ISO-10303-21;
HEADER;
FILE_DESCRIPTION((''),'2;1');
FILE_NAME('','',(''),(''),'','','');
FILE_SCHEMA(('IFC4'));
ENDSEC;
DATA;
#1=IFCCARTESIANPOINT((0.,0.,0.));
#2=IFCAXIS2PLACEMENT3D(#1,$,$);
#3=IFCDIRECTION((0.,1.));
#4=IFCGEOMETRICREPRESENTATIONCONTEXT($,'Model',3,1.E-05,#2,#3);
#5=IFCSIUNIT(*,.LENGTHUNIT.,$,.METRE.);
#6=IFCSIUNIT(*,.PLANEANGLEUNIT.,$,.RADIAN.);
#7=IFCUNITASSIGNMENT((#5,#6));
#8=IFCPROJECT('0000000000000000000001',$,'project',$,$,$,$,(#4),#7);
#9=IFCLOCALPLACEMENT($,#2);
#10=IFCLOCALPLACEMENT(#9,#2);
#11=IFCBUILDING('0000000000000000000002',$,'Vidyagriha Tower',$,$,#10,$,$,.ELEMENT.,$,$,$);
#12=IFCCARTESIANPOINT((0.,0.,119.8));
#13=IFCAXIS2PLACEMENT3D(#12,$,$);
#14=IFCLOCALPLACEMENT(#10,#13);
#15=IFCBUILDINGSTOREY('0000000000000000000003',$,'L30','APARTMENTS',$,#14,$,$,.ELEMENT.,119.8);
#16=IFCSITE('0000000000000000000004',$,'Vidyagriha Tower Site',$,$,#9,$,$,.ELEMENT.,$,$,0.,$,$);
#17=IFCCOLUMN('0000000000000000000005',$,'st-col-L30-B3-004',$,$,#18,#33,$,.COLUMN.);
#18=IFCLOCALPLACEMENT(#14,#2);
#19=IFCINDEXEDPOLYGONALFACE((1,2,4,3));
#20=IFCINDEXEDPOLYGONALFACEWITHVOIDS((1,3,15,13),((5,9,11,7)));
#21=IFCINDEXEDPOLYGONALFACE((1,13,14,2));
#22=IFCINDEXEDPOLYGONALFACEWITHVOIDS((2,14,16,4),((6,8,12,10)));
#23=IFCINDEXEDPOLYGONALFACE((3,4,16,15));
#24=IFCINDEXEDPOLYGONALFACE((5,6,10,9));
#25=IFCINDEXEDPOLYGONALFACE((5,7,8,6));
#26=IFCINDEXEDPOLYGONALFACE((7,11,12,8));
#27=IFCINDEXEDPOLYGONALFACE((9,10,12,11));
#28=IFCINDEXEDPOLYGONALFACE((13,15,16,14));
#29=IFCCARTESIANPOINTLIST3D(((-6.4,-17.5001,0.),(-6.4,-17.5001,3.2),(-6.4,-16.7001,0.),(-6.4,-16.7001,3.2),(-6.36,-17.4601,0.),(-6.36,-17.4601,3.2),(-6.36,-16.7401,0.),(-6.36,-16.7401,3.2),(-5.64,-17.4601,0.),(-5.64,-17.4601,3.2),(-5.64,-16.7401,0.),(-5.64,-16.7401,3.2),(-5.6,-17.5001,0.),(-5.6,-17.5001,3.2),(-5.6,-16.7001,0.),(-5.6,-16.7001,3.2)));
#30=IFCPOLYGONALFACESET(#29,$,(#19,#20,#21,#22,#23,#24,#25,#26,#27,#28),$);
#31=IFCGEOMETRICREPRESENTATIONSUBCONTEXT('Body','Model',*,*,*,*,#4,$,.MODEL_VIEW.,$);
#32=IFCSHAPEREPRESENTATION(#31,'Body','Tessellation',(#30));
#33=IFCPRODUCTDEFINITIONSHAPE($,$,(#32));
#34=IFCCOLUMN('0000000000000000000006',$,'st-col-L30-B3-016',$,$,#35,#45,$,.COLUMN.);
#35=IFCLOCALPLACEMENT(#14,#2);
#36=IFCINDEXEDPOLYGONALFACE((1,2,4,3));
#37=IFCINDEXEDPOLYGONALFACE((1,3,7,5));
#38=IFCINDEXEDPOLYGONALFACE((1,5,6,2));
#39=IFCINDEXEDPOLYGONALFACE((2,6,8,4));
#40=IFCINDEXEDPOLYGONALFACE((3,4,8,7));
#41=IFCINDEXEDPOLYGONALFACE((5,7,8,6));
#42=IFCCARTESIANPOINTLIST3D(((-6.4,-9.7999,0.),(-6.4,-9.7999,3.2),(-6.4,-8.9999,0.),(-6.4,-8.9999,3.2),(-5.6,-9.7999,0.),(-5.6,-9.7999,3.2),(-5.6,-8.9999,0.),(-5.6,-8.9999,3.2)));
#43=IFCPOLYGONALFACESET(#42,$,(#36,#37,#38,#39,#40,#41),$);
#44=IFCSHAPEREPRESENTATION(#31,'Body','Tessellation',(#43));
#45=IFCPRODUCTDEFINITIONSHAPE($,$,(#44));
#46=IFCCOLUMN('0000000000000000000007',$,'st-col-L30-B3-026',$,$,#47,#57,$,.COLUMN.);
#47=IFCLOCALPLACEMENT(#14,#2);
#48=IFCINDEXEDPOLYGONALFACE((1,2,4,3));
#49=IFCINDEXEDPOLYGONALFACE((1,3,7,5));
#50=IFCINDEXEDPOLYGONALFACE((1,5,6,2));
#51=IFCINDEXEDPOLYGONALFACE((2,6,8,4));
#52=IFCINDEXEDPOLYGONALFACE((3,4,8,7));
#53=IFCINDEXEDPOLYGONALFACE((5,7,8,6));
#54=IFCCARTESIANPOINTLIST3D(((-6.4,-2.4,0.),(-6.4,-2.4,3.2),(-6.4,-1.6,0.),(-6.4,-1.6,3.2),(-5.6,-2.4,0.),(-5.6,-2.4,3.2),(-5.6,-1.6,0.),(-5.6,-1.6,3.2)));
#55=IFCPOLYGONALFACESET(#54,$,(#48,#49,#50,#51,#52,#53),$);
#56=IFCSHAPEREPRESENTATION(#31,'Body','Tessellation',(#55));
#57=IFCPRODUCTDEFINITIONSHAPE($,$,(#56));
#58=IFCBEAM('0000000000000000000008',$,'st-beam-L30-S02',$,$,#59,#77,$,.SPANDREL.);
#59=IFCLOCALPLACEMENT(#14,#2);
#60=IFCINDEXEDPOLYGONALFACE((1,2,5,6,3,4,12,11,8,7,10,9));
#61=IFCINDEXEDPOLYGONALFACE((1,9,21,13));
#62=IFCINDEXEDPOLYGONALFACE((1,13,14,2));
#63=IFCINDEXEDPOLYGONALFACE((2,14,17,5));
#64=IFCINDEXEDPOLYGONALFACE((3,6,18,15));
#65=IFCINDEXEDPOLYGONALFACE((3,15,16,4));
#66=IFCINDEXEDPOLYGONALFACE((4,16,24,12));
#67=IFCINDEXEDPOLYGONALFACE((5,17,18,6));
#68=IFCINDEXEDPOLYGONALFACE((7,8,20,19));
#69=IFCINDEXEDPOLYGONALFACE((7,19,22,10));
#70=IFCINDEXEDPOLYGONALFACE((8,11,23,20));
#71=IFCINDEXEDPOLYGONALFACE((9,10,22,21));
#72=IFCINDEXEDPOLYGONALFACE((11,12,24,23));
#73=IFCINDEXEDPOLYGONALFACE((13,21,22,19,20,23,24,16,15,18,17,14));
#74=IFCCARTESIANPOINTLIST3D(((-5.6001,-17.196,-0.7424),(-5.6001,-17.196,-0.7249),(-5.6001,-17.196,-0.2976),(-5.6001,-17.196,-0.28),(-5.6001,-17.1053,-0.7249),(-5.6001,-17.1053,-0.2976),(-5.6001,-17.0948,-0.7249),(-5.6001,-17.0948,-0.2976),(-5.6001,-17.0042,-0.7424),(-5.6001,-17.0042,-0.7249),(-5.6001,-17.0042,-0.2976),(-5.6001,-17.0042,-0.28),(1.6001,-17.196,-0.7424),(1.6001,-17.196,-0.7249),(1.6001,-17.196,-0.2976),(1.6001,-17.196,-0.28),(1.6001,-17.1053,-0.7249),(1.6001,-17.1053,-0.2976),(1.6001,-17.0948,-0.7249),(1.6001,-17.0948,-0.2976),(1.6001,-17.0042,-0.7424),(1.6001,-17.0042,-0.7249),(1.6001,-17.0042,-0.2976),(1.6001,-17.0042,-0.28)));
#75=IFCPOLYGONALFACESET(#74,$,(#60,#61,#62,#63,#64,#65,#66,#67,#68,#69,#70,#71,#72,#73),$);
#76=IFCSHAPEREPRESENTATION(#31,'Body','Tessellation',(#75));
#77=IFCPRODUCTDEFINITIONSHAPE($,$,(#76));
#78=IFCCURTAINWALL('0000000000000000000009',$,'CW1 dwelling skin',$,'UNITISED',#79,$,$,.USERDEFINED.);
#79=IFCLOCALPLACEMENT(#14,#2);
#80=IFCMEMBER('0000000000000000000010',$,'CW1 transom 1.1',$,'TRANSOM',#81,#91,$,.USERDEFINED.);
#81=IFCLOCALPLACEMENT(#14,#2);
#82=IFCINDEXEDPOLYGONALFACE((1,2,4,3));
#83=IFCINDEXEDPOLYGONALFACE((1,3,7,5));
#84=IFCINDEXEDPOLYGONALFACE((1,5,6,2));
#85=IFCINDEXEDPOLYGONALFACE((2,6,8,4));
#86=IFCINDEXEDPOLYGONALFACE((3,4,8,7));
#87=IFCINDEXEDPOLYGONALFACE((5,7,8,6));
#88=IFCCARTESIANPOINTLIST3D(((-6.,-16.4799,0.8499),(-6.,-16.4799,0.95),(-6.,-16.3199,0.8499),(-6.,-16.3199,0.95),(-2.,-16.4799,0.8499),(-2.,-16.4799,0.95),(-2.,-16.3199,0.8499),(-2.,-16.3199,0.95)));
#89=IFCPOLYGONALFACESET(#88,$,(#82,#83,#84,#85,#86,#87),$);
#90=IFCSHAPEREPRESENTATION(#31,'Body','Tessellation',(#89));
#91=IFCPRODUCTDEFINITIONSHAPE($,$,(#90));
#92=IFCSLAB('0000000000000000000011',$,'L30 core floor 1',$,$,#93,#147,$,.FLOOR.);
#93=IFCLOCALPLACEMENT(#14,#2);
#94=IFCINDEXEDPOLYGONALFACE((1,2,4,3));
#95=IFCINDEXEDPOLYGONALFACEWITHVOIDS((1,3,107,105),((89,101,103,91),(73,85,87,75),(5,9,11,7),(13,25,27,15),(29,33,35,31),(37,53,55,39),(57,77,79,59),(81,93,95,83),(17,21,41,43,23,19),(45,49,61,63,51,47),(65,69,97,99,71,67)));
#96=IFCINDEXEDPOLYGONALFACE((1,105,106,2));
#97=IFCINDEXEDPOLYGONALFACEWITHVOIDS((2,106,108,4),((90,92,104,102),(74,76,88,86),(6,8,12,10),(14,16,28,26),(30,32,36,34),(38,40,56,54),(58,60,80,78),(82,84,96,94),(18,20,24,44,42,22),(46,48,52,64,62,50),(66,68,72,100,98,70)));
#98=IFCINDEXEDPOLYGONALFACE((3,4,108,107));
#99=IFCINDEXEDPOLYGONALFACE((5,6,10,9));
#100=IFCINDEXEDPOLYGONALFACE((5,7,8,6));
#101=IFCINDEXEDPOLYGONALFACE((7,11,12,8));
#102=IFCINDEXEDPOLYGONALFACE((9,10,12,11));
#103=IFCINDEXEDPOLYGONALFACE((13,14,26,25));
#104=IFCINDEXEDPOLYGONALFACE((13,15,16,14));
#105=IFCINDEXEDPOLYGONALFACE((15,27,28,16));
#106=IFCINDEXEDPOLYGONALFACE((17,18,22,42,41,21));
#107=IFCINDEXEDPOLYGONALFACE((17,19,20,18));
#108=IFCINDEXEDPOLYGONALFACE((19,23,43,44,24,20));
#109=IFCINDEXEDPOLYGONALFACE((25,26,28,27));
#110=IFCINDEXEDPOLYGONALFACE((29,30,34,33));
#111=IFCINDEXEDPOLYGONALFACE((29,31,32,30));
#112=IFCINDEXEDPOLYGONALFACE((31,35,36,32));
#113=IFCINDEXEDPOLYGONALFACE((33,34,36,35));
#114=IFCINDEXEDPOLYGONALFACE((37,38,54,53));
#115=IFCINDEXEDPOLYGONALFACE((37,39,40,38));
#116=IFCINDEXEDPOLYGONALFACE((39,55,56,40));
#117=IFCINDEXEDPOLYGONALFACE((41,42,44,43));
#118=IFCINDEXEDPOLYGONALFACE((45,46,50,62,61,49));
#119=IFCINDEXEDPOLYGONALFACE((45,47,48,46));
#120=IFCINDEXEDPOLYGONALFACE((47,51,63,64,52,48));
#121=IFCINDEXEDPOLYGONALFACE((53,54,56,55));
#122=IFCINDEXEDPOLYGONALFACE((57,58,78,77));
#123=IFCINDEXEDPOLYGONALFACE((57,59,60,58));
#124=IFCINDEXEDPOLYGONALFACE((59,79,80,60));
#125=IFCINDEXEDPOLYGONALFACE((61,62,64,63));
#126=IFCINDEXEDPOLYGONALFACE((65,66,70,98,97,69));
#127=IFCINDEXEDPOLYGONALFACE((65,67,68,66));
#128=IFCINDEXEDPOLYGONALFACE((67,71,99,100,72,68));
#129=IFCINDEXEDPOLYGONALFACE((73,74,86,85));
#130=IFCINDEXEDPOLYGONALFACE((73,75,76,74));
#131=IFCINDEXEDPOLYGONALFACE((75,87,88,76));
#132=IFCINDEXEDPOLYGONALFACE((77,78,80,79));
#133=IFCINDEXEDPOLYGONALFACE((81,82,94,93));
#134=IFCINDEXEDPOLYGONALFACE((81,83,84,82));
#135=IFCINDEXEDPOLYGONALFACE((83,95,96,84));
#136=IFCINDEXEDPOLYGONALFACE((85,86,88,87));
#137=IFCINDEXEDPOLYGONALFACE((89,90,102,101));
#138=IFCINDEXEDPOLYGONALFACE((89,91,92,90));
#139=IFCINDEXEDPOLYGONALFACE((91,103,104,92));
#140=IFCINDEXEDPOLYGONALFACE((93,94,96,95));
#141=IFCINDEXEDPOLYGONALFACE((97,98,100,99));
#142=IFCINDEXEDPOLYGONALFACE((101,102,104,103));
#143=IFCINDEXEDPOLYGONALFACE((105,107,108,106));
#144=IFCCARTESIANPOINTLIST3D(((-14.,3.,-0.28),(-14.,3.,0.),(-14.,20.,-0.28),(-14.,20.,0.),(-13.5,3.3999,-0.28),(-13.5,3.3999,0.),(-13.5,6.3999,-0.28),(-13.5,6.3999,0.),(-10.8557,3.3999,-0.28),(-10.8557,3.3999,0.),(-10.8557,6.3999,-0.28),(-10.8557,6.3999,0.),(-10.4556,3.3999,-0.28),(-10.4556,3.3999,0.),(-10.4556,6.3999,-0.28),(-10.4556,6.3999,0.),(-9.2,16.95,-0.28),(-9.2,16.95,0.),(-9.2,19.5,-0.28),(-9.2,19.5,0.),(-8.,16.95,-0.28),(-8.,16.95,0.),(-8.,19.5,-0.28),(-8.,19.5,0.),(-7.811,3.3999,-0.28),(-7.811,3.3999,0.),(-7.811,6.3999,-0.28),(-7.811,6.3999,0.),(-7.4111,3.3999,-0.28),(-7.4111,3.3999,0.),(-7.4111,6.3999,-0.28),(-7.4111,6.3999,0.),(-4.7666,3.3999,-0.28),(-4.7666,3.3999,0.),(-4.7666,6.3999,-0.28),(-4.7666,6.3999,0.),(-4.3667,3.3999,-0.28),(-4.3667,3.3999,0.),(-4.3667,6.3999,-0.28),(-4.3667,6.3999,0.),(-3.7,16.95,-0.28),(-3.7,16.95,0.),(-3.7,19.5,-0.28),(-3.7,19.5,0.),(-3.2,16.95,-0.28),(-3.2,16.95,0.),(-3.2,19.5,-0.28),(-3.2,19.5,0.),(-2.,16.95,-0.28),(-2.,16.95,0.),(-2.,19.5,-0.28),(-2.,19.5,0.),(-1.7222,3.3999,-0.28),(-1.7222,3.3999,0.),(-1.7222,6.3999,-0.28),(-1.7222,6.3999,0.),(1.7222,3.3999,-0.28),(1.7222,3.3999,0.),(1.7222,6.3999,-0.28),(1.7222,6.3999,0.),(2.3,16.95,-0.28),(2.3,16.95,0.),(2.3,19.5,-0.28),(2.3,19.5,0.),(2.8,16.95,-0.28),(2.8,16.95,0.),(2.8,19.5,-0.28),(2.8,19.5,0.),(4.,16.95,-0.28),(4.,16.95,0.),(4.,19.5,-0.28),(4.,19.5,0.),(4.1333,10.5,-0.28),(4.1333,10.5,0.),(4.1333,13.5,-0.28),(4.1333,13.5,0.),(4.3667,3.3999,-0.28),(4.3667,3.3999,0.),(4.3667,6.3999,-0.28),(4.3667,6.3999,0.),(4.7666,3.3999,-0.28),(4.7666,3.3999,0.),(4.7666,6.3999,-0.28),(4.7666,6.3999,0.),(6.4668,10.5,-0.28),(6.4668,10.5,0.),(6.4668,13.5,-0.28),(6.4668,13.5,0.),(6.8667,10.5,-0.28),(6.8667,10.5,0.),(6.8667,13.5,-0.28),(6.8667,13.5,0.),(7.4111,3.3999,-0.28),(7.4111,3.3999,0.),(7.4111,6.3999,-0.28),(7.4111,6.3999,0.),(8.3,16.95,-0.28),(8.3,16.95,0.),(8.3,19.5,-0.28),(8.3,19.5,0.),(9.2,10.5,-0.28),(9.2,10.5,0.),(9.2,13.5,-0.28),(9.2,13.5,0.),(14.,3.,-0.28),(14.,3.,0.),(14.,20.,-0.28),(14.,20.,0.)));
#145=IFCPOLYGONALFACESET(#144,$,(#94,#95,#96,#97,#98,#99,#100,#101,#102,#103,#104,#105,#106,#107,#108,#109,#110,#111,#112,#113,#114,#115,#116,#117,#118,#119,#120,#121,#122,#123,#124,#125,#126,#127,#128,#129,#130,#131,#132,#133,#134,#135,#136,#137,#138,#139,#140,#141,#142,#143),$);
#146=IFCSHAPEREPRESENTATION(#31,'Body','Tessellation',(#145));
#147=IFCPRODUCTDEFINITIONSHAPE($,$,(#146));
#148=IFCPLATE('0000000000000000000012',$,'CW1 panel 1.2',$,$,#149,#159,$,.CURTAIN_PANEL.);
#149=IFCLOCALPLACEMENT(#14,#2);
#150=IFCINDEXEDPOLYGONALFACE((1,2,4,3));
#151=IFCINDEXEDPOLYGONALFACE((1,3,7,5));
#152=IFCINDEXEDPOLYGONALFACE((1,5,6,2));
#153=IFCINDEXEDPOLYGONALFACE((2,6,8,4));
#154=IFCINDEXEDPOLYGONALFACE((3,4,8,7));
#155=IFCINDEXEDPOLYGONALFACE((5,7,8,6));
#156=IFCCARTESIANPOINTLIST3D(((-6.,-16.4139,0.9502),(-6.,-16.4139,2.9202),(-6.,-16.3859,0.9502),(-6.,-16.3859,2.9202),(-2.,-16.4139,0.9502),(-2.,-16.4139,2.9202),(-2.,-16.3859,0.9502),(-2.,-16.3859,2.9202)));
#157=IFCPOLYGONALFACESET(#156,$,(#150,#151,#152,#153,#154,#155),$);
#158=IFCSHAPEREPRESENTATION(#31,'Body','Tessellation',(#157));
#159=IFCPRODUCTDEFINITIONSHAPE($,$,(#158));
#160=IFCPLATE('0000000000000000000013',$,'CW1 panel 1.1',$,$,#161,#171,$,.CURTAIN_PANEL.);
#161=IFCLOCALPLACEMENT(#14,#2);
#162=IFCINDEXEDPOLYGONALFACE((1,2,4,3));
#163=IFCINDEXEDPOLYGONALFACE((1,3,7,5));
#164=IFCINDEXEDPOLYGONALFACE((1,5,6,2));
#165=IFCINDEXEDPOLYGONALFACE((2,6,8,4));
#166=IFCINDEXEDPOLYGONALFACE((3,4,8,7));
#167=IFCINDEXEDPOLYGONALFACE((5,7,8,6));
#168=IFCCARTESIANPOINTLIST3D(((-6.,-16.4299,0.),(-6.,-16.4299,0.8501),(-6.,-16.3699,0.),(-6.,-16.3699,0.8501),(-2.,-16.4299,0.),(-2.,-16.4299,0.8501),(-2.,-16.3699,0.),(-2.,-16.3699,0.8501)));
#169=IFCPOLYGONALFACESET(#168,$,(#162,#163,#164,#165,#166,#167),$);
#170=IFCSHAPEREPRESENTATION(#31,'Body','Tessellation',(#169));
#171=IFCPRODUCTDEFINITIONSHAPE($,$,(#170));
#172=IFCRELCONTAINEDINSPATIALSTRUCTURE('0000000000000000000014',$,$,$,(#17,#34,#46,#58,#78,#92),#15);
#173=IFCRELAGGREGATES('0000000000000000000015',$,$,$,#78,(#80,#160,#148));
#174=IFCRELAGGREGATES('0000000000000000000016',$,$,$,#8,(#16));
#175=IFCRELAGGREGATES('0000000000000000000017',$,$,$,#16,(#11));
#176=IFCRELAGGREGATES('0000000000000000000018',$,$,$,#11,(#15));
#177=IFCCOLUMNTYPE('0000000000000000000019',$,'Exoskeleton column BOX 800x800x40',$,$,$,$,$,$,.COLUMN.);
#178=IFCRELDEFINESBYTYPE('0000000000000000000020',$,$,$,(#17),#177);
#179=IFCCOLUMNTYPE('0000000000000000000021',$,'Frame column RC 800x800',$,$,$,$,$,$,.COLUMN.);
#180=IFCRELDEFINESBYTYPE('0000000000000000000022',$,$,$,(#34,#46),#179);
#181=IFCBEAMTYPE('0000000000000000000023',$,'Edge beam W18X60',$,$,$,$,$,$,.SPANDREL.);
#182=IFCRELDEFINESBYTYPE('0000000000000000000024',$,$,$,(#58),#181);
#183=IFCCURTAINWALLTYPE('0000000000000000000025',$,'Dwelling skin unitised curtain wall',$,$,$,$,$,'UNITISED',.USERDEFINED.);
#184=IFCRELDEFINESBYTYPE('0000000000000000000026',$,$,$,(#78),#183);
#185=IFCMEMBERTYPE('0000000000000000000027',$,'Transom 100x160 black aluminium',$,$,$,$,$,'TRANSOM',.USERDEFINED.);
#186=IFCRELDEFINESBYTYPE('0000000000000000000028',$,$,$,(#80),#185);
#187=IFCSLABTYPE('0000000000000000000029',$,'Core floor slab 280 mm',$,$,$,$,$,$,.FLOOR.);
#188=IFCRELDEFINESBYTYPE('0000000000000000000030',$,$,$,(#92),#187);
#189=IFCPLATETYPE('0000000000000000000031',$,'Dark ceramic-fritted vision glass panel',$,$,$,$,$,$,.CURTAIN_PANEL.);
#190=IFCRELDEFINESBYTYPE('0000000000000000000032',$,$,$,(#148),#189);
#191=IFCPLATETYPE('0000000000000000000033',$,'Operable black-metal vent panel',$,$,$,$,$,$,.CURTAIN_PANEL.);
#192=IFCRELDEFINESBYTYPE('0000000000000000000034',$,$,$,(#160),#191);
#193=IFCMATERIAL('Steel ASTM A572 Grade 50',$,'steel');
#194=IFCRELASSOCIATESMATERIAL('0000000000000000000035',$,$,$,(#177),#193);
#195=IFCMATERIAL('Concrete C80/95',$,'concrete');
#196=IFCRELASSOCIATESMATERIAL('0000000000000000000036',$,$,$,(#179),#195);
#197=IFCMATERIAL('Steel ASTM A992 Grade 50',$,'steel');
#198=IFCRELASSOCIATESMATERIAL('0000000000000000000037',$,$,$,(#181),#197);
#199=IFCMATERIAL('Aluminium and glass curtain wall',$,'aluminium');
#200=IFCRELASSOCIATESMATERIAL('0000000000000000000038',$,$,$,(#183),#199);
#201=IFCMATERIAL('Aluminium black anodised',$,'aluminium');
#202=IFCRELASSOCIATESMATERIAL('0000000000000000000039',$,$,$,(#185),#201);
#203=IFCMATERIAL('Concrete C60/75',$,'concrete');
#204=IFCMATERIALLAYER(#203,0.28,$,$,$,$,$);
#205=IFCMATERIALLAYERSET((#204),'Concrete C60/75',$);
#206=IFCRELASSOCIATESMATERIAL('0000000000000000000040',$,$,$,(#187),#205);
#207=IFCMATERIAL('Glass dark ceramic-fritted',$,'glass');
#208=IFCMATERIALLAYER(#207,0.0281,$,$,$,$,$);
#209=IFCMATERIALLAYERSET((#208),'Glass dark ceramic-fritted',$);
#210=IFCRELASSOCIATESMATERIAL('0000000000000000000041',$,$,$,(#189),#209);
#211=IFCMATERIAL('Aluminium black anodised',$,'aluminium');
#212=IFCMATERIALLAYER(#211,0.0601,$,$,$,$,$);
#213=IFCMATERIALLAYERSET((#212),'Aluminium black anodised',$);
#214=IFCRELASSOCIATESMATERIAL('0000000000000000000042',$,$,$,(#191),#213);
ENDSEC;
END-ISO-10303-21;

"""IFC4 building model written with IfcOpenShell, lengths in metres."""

from ifc_helpers import new_model, si_unit, direction, frame, origin, origin_2d, place, context, subcontext, project, spatial, polyline, rectangle, hollow_rectangle, i_section, outline, extrude, material, layer, layer_set, material_profile, profile_set, type_object, element, aggregate, save


model = new_model("IFC4")

# Units and contexts
model_context = context("Model", 3, precision=1e-05, world=origin(), true_north=direction((0.0, 1.0)))
body_context = subcontext(model_context, "Body", "Model", "MODEL_VIEW")
ifc_project = project(units=[si_unit("LENGTHUNIT", "METRE"), si_unit("PLANEANGLEUNIT", "RADIAN")], contexts=[model_context])

# Site, building, storey
site_placement = place(None, origin())
site = spatial("IfcSite", under=ifc_project, at=site_placement, Name="Vidyagriha Tower Site", CompositionType="ELEMENT", RefElevation=0.0)
building_placement = place(site_placement, origin())
building = spatial("IfcBuilding", under=site, at=building_placement, Name="Vidyagriha Tower", CompositionType="ELEMENT")
storey_placement = place(building_placement, frame((0.0, 0.0, 119.8)))
storey = spatial("IfcBuildingStorey", under=building, at=storey_placement, Name="L30", Description="APARTMENTS", CompositionType="ELEMENT", Elevation=119.8)

# Columns
ifc_material_1 = material(Name="Steel ASTM A572 Grade 50", Category="steel")
ifc_material_profile_1 = material_profile(ifc_material_1, hollow_rectangle(XDim=0.8, YDim=0.8, WallThickness=0.04, at=origin_2d()), Name="BOX 800x800x40")
ifc_profile_set_1 = profile_set([ifc_material_profile_1], Name="Steel ASTM A572 Grade 50")
column_type_1 = type_object("IfcColumnType", Name="Exoskeleton column BOX 800x800x40", PredefinedType="COLUMN", material=ifc_profile_set_1)
column_placement = place(storey_placement, frame((-6.0, -17.1001, 0.0)))
element("IfcColumn", 1, at=column_placement, inside=storey, type_object=column_type_1, Name="st-col-L30-B3-004", PredefinedType="COLUMN", context=body_context, shape_type="SweptSolid", body=[
    extrude(hollow_rectangle(XDim=0.8, YDim=0.8, WallThickness=0.04, at=origin_2d()), origin(), (0.0, 0.0, 1.0), 3.2),
])
ifc_material_2 = material(Name="Concrete C80/95", Category="concrete")
ifc_material_profile_2 = material_profile(ifc_material_2, rectangle(XDim=0.8, YDim=0.8, at=origin_2d()), Name="RC 800x800")
ifc_profile_set_2 = profile_set([ifc_material_profile_2], Name="Concrete C80/95")
column_type_2 = type_object("IfcColumnType", Name="Frame column RC 800x800", PredefinedType="COLUMN", material=ifc_profile_set_2)
for number, where, name in (
    (2, (-6.0, -9.3999, 0.0), "st-col-L30-B3-016"),
    (3, (-6.0, -2.0, 0.0), "st-col-L30-B3-026"),
):
    element("IfcColumn", number, at=place(storey_placement, frame(where)), inside=storey, type_object=column_type_2, Name=name, PredefinedType="COLUMN", context=body_context, shape_type="SweptSolid", body=[
        extrude(rectangle(XDim=0.8, YDim=0.8, at=origin_2d()), origin(), (0.0, 0.0, 1.0), 3.2),
    ])

# Beam
ifc_material_3 = material(Name="Steel ASTM A992 Grade 50", Category="steel")
ifc_material_profile_3 = material_profile(ifc_material_3, i_section(OverallWidth=0.1919, OverallDepth=0.4624, WebThickness=0.0105, FlangeThickness=0.0176, at=origin_2d()), Name="W18X60")
ifc_profile_set_3 = profile_set([ifc_material_profile_3], Name="Steel ASTM A992 Grade 50")
beam_type = type_object("IfcBeamType", Name="Edge beam W18X60", PredefinedType="SPANDREL", material=ifc_profile_set_3)
beam_placement = place(storey_placement, frame((-5.6001, -17.1001, -0.5112), z_axis=(1.0, 0.0, 0.0), x_axis=(0.0, 1.0, 0.0)))
element("IfcBeam", 4, at=beam_placement, inside=storey, type_object=beam_type, Name="st-beam-L30-S02", PredefinedType="SPANDREL", context=body_context, shape_type="SweptSolid", body=[
    extrude(i_section(OverallWidth=0.1919, OverallDepth=0.4624, WebThickness=0.0105, FlangeThickness=0.0176, at=origin_2d()), origin(), (0.0, 0.0, 1.0), 7.2002),
])

# Curtain wall, member
ifc_material_4 = material(Name="Aluminium and glass curtain wall", Category="aluminium")
curtain_wall_type = type_object("IfcCurtainWallType", Name="Dwelling skin unitised curtain wall", ElementType="UNITISED", PredefinedType="USERDEFINED", material=ifc_material_4)
curtain_wall_placement = place(storey_placement, origin())
curtain_wall = element("IfcCurtainWall", 5, at=curtain_wall_placement, inside=storey, type_object=curtain_wall_type, Name="CW1 dwelling skin", ObjectType="UNITISED", PredefinedType="USERDEFINED")
ifc_material_5 = material(Name="Aluminium black anodised", Category="aluminium")
ifc_material_profile_4 = material_profile(ifc_material_5, rectangle(XDim=0.1599, YDim=0.1001, at=origin_2d()), Name="Transom 100x160 black aluminium")
ifc_profile_set_4 = profile_set([ifc_material_profile_4], Name="Aluminium black anodised")
member_type = type_object("IfcMemberType", Name="Transom 100x160 black aluminium", ElementType="TRANSOM", PredefinedType="USERDEFINED", material=ifc_profile_set_4)
member_placement = place(storey_placement, frame((-6.0, -16.3999, 0.8999), z_axis=(1.0, 0.0, 0.0), x_axis=(0.0, 1.0, 0.0)))
member = element("IfcMember", 6, at=member_placement, type_object=member_type, Name="CW1 transom 1.1", ObjectType="TRANSOM", PredefinedType="USERDEFINED", context=body_context, shape_type="SweptSolid", body=[
    extrude(rectangle(XDim=0.1599, YDim=0.1001, at=origin_2d()), origin(), (0.0, 0.0, 1.0), 4.0),
])

# Slab
ifc_material_6 = material(Name="Concrete C60/75", Category="concrete")
ifc_layer_1 = layer(ifc_material_6, 0.28)
ifc_layer_set_1 = layer_set([ifc_layer_1], Name="Concrete C60/75")
slab_type_1 = type_object("IfcSlabType", Name="Core floor slab 280 mm", PredefinedType="FLOOR", material=ifc_layer_set_1)
slab_1_placement = place(storey_placement, frame((0.0, 0.0, -0.28)))
element("IfcSlab", 7, at=slab_1_placement, inside=storey, type_object=slab_type_1, Name="L30 core floor 1", PredefinedType="FLOOR", context=body_context, shape_type="SweptSolid", body=[
    extrude(outline(polyline([(-14.0, 3.0), (-14.0, 20.0), (14.0, 20.0), (14.0, 3.0), (-14.0, 3.0)]), holes=[polyline([(9.2, 13.5), (6.8667, 13.5), (6.8667, 10.5), (9.2, 10.5), (9.2, 13.5)]), polyline([(4.0, 19.5), (2.8, 19.5), (2.8, 16.95), (4.0, 16.95), (8.3, 16.95), (8.3, 19.5), (4.0, 19.5)]), polyline([(7.4111, 6.3999), (4.7666, 6.3999), (4.7666, 3.3999), (7.4111, 3.3999), (7.4111, 6.3999)]), polyline([(6.4668, 13.5), (4.1333, 13.5), (4.1333, 10.5), (6.4668, 10.5), (6.4668, 13.5)]), polyline([(1.7222, 6.3999), (1.7222, 3.3999), (4.3667, 3.3999), (4.3667, 6.3999), (1.7222, 6.3999)]), polyline([(-2.0, 16.95), (2.3, 16.95), (2.3, 19.5), (-2.0, 19.5), (-3.2, 19.5), (-3.2, 16.95), (-2.0, 16.95)]), polyline([(-1.7222, 6.3999), (-4.3667, 6.3999), (-4.3667, 3.3999), (-1.7222, 3.3999), (-1.7222, 6.3999)]), polyline([(-8.0, 19.5), (-9.2, 19.5), (-9.2, 16.95), (-8.0, 16.95), (-3.7, 16.95), (-3.7, 19.5), (-8.0, 19.5)]), polyline([(-4.7666, 6.3999), (-7.4111, 6.3999), (-7.4111, 3.3999), (-4.7666, 3.3999), (-4.7666, 6.3999)]), polyline([(-7.811, 6.3999), (-10.4556, 6.3999), (-10.4556, 3.3999), (-7.811, 3.3999), (-7.811, 6.3999)]), polyline([(-13.5, 6.3999), (-13.5, 3.3999), (-10.8557, 3.3999), (-10.8557, 6.3999), (-13.5, 6.3999)])]), origin(), (0.0, 0.0, 1.0), 0.28),
])

# Plates
ifc_material_7 = material(Name="Glass dark ceramic-fritted", Category="glass")
ifc_layer_2 = layer(ifc_material_7, 0.0281)
ifc_layer_set_2 = layer_set([ifc_layer_2], Name="Glass dark ceramic-fritted")
plate_type_1 = type_object("IfcPlateType", Name="Dark ceramic-fritted vision glass panel", PredefinedType="CURTAIN_PANEL", material=ifc_layer_set_2)
plate_1_placement = place(storey_placement, frame((-4.0, -16.3999, 0.9502)))
plate_1 = element("IfcPlate", 8, at=plate_1_placement, type_object=plate_type_1, Name="CW1 panel 1.2", PredefinedType="CURTAIN_PANEL", context=body_context, shape_type="SweptSolid", body=[
    extrude(rectangle(XDim=4.0, YDim=0.0281, at=origin_2d()), origin(), (0.0, 0.0, 1.0), 1.97),
])
ifc_material_8 = material(Name="Aluminium black anodised", Category="aluminium")
ifc_layer_3 = layer(ifc_material_8, 0.0601)
ifc_layer_set_3 = layer_set([ifc_layer_3], Name="Aluminium black anodised")
plate_type_2 = type_object("IfcPlateType", Name="Operable black-metal vent panel", PredefinedType="CURTAIN_PANEL", material=ifc_layer_set_3)
plate_2_placement = place(storey_placement, frame((-4.0, -16.3999, 0.0)))
plate_2 = element("IfcPlate", 9, at=plate_2_placement, type_object=plate_type_2, Name="CW1 panel 1.1", PredefinedType="CURTAIN_PANEL", context=body_context, shape_type="SweptSolid", body=[
    extrude(rectangle(XDim=4.0, YDim=0.0601, at=origin_2d()), origin(), (0.0, 0.0, 1.0), 0.8501),
])
aggregate(curtain_wall, [member, plate_2, plate_1])

save(model, "model.ifc")
